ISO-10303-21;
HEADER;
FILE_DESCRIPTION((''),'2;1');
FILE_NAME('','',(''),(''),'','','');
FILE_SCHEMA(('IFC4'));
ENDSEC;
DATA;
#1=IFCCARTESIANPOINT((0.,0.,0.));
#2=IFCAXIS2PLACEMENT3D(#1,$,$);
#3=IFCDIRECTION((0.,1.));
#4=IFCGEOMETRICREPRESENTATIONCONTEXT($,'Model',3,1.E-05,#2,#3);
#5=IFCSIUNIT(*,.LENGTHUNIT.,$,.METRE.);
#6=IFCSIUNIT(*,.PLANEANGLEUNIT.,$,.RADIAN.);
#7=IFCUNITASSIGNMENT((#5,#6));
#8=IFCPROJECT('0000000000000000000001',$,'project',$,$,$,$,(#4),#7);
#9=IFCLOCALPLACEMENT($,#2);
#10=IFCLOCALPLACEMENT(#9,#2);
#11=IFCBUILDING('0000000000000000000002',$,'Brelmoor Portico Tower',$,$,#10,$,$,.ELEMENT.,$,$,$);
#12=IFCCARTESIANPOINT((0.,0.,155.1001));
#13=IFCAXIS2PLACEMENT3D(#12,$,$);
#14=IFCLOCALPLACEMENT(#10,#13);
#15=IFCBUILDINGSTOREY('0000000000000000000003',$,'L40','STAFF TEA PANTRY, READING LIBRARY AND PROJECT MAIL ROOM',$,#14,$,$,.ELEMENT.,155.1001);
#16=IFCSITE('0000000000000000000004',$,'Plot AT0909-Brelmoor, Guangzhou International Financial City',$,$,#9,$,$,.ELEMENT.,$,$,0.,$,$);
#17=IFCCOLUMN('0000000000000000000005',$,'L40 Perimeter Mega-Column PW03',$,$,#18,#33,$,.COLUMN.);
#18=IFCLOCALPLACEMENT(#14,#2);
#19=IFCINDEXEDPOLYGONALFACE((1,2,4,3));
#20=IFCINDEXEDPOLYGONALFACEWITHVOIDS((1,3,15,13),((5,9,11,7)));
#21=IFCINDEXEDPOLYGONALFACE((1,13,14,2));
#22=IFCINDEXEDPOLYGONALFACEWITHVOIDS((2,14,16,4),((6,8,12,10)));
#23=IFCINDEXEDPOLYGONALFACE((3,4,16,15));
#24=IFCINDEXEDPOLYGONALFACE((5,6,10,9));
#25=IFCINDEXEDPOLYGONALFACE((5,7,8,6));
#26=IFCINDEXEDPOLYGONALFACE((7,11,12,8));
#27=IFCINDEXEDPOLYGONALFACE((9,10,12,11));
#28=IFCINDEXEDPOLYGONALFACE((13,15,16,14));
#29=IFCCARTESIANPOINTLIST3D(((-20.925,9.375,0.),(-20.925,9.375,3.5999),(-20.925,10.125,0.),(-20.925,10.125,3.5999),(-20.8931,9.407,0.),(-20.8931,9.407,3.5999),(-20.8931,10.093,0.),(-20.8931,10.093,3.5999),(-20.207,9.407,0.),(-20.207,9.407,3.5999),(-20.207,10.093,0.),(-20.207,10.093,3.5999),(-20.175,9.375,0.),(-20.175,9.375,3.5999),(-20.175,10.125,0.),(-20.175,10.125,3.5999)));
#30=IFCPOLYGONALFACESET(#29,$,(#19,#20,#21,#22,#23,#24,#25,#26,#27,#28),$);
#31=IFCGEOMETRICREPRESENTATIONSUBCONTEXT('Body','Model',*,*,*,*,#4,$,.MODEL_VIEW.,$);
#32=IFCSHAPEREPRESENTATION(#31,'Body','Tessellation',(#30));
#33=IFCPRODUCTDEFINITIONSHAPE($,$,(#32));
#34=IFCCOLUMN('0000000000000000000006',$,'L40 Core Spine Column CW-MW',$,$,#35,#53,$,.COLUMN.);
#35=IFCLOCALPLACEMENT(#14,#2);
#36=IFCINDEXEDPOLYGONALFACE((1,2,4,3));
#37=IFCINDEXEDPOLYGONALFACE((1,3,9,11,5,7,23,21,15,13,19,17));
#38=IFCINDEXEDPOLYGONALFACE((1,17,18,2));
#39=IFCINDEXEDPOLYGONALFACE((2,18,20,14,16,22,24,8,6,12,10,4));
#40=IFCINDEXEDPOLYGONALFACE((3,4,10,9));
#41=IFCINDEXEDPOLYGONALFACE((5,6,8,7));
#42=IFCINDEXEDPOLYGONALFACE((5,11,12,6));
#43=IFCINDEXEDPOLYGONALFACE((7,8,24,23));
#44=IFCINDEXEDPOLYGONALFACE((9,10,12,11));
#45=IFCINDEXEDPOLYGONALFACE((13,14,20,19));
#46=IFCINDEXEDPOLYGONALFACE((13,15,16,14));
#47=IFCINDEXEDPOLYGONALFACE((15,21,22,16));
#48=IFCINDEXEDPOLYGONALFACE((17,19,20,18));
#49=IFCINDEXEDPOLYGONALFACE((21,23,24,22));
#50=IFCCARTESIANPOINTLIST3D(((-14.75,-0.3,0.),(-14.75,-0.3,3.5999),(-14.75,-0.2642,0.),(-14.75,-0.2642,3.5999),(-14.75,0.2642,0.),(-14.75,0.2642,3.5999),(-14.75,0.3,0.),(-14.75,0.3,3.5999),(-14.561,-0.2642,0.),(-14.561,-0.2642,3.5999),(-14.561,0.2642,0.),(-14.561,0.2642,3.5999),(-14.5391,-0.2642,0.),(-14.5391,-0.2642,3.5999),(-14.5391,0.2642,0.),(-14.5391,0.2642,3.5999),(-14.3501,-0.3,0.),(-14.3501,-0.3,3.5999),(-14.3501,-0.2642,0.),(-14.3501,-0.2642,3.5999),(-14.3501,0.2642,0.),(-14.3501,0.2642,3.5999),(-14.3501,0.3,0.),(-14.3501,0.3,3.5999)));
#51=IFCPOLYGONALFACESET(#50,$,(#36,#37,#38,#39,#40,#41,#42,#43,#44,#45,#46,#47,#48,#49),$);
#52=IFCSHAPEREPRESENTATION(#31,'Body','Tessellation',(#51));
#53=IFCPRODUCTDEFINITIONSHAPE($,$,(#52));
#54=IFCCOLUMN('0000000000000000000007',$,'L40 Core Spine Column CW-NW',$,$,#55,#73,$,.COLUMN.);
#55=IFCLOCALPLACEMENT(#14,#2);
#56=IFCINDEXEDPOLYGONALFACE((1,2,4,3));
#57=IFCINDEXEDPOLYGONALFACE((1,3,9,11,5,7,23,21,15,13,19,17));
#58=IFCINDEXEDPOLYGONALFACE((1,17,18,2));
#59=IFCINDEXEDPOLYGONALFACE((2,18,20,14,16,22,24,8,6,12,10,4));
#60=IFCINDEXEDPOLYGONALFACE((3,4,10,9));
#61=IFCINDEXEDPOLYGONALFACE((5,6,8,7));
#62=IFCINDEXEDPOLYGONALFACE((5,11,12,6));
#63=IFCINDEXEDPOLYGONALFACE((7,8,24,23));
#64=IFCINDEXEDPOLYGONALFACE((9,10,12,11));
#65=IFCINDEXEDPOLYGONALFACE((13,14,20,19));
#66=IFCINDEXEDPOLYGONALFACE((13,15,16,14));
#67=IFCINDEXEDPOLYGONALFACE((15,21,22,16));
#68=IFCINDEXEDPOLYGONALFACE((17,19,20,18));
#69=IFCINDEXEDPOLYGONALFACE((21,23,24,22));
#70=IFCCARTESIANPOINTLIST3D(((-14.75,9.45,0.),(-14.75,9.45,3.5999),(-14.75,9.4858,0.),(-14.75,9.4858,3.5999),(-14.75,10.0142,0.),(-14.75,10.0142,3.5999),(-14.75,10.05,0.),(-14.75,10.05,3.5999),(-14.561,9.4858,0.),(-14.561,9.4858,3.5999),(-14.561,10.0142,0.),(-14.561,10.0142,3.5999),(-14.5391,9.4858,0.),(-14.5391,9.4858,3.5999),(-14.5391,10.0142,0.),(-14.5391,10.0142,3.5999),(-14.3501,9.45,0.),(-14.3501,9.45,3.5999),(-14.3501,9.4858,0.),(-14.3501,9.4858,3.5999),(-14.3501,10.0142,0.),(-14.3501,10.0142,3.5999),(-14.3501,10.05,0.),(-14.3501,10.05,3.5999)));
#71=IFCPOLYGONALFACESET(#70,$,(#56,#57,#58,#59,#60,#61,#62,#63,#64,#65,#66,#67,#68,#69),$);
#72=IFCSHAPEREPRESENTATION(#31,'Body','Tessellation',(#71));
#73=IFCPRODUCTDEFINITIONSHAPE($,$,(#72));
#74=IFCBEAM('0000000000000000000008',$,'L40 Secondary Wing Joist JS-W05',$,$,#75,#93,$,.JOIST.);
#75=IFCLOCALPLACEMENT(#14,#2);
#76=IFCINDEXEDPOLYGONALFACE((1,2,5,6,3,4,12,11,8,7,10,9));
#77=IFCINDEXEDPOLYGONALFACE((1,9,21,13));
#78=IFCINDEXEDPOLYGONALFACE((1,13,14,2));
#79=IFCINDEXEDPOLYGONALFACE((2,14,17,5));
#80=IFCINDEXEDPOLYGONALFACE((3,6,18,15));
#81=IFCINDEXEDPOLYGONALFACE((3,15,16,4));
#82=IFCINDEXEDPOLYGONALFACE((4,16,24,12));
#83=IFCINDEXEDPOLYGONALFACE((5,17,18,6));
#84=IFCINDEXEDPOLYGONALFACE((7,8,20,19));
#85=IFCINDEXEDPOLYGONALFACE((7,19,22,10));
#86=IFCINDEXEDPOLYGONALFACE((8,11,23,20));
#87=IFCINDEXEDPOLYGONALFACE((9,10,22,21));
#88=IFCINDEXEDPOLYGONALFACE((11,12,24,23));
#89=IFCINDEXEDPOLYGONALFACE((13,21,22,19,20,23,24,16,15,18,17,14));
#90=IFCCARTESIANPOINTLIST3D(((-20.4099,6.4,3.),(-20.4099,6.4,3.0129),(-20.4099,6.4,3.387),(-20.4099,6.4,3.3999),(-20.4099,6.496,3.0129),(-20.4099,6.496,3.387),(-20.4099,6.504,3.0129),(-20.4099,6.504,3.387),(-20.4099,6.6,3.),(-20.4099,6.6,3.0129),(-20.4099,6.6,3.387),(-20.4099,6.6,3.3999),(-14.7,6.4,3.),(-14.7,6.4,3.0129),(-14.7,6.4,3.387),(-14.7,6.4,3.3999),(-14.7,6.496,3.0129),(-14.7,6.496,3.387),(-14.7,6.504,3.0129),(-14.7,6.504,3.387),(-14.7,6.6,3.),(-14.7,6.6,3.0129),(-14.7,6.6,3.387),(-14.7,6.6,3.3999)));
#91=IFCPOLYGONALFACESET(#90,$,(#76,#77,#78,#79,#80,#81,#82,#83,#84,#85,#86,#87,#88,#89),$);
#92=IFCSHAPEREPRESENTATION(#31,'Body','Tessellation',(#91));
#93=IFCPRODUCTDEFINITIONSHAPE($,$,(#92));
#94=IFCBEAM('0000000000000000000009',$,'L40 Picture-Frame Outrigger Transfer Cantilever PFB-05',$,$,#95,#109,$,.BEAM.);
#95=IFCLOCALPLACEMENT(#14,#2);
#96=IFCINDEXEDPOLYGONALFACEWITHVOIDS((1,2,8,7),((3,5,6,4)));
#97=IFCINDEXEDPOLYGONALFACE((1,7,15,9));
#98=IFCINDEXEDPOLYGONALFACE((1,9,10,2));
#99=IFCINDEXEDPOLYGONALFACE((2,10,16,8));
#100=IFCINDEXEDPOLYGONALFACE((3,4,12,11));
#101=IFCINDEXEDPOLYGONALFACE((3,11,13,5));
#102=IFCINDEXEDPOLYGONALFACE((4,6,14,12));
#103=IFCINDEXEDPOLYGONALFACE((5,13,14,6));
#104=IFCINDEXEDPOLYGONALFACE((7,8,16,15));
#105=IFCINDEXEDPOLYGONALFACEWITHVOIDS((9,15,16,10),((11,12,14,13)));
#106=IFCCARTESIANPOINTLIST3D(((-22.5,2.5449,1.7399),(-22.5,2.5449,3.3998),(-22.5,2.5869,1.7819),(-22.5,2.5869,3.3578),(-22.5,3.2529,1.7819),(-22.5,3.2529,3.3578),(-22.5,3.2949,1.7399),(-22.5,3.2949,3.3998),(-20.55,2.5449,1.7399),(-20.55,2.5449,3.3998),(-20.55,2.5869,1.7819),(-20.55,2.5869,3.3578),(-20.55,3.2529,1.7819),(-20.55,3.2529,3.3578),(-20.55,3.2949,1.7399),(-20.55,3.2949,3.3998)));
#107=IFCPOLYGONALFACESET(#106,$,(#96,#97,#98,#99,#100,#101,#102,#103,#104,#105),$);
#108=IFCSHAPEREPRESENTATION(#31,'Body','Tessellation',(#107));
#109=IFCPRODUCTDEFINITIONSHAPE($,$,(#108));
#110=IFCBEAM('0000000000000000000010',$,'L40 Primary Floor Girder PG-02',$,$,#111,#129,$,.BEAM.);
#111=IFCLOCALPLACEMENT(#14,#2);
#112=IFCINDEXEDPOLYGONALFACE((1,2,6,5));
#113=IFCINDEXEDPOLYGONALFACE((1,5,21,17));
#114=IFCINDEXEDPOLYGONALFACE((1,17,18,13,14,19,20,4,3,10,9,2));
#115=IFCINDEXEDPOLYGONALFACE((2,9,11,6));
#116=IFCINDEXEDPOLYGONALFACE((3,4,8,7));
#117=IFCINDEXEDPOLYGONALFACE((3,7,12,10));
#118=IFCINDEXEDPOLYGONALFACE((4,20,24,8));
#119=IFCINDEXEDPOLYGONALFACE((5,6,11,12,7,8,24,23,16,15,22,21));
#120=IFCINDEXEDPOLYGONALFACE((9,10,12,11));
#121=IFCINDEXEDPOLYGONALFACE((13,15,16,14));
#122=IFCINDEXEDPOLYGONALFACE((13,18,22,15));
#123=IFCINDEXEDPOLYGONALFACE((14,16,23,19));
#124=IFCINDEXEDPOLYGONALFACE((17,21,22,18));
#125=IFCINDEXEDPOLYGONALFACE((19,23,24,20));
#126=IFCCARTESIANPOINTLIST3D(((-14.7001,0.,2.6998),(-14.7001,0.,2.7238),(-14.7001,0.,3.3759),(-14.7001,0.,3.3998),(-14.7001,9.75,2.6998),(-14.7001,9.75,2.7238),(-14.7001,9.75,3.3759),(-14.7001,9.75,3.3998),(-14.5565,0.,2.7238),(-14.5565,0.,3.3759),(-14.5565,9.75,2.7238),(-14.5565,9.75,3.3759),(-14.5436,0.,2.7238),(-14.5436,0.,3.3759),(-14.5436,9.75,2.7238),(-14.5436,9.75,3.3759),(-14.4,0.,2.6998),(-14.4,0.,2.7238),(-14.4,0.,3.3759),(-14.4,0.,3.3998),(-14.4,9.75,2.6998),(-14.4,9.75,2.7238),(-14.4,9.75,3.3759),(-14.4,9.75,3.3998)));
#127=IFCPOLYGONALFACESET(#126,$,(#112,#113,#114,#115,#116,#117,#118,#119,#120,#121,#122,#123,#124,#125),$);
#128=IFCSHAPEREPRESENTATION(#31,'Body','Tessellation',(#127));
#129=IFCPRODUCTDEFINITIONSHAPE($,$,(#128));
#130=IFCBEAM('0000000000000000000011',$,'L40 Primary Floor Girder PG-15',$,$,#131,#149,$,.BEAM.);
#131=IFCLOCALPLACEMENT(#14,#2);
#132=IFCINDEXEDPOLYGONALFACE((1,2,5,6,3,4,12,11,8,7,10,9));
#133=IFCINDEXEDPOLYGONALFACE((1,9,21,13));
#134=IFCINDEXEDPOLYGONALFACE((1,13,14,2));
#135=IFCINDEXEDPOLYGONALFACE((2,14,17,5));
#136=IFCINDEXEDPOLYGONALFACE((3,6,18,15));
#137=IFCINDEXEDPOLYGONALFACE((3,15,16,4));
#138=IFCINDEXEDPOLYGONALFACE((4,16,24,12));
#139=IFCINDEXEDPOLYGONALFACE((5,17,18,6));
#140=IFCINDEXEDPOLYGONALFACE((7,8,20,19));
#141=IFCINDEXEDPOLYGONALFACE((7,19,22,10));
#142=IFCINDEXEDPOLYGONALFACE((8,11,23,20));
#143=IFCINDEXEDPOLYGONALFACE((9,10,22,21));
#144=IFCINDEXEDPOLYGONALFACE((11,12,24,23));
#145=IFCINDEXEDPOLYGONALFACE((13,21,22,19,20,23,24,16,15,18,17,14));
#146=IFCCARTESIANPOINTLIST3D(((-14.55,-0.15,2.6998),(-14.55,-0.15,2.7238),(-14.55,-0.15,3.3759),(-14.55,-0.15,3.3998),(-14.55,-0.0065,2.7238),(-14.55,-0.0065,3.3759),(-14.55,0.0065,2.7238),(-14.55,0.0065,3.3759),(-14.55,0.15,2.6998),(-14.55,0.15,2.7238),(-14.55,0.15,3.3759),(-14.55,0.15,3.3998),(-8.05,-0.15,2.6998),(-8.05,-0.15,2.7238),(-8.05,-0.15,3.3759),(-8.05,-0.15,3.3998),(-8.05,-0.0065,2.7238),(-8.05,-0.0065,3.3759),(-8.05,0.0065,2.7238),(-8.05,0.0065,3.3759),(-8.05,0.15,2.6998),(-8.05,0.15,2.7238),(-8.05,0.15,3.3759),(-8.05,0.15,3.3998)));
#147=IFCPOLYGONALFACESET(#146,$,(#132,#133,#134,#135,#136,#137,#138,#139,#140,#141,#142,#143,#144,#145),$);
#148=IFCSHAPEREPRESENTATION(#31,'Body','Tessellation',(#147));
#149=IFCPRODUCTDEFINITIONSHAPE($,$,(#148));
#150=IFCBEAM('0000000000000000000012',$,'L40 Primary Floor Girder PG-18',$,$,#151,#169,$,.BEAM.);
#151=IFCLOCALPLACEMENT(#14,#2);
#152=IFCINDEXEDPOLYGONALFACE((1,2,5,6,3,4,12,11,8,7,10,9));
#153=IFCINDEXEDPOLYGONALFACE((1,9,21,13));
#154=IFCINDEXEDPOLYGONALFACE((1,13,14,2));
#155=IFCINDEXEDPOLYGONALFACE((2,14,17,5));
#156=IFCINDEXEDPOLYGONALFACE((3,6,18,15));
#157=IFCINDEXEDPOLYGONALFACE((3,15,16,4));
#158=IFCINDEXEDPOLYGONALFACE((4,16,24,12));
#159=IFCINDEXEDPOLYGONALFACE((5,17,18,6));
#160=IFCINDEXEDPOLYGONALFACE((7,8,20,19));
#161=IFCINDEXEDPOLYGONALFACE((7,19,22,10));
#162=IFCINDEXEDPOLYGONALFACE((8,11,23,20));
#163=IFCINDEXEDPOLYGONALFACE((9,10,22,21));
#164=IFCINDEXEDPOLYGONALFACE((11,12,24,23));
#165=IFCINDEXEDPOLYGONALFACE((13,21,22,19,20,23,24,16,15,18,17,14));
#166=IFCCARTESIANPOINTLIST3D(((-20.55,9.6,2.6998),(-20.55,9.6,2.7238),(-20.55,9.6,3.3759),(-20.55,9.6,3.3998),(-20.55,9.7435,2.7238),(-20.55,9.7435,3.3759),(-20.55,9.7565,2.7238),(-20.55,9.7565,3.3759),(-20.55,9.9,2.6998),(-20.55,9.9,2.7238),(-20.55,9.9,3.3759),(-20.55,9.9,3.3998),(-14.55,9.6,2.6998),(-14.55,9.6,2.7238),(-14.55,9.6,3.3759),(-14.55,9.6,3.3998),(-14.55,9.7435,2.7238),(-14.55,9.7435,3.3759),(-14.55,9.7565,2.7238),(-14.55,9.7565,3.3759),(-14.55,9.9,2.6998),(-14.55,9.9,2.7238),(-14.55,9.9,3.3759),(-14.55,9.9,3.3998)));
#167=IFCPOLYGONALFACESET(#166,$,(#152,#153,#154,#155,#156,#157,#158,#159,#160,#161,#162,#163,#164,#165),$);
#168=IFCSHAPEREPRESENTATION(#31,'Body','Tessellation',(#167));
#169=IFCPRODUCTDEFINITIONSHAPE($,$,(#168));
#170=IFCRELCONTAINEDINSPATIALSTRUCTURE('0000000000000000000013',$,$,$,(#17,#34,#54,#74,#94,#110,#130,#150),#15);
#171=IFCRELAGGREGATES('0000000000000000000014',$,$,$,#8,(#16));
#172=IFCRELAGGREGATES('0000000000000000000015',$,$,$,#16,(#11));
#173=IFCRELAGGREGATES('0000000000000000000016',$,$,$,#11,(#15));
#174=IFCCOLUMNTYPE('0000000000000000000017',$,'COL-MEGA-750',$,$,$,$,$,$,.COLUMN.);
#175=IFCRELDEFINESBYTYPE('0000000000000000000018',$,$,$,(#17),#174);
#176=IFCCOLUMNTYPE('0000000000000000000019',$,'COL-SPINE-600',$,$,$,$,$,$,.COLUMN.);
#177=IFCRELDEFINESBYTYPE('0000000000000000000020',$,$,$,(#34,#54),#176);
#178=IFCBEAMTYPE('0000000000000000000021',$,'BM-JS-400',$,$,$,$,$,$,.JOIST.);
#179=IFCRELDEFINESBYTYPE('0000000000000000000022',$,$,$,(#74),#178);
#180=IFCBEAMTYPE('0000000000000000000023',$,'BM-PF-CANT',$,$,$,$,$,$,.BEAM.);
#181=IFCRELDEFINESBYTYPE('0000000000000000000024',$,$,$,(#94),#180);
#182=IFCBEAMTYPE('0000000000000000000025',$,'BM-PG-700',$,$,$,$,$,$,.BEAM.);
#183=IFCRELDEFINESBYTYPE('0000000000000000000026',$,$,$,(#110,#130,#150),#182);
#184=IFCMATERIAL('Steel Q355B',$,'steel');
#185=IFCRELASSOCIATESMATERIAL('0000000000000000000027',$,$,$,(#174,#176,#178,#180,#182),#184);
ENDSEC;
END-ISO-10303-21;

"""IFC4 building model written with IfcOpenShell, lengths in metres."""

from ifc_helpers import new_model, si_unit, direction, frame, origin, origin_2d, place, context, subcontext, project, spatial, hollow_rectangle, i_section, extrude, material, material_profile, profile_set, type_object, element, save


model = new_model("IFC4")

# Units and contexts
model_context = context("Model", 3, precision=1e-05, world=origin(), true_north=direction((0.0, 1.0)))
body_context = subcontext(model_context, "Body", "Model", "MODEL_VIEW")
ifc_project = project(units=[si_unit("LENGTHUNIT", "METRE"), si_unit("PLANEANGLEUNIT", "RADIAN")], contexts=[model_context])

# Site, building, storey
site_placement = place(None, origin())
site = spatial("IfcSite", under=ifc_project, at=site_placement, Name="Plot AT0909-Brelmoor, Guangzhou International Financial City", CompositionType="ELEMENT", RefElevation=0.0)
building_placement = place(site_placement, origin())
building = spatial("IfcBuilding", under=site, at=building_placement, Name="Brelmoor Portico Tower", CompositionType="ELEMENT")
storey_placement = place(building_placement, frame((0.0, 0.0, 155.1001)))
storey = spatial("IfcBuildingStorey", under=building, at=storey_placement, Name="L40", Description="STAFF TEA PANTRY, READING LIBRARY AND PROJECT MAIL ROOM", CompositionType="ELEMENT", Elevation=155.1001)

# Columns
ifc_material_1 = material(Name="Steel Q355B", Category="steel")
ifc_material_profile_1 = material_profile(ifc_material_1, hollow_rectangle(XDim=0.75, YDim=0.75, WallThickness=0.032, at=origin_2d()), Name="BOX 750x750x32")
ifc_profile_set_1 = profile_set([ifc_material_profile_1], Name="Steel Q355B")
column_type_1 = type_object("IfcColumnType", Name="COL-MEGA-750", PredefinedType="COLUMN", material=ifc_profile_set_1)
column_placement = place(storey_placement, frame((-20.55, 9.75, 0.0), z_axis=(0.0, 0.0, 1.0), x_axis=(0.0, 1.0, 0.0)))
element("IfcColumn", 1, at=column_placement, inside=storey, type_object=column_type_1, Name="L40 Perimeter Mega-Column PW03", PredefinedType="COLUMN", context=body_context, shape_type="SweptSolid", body=[
    extrude(hollow_rectangle(XDim=0.75, YDim=0.75, WallThickness=0.032, at=origin_2d()), origin(), (0.0, 0.0, 1.0), 3.5999),
])
ifc_material_profile_2 = material_profile(ifc_material_1, i_section(OverallWidth=0.3999, OverallDepth=0.6001, WebThickness=0.022, FlangeThickness=0.0359, at=origin_2d()), Name="HW 600x400x22x36")
ifc_profile_set_2 = profile_set([ifc_material_profile_2], Name="Steel Q355B")
column_type_2 = type_object("IfcColumnType", Name="COL-SPINE-600", PredefinedType="COLUMN", material=ifc_profile_set_2)
for number, where, z_axis, x_axis, name in (
    (2, (-14.55, 0.0, 0.0), (0.0, 0.0, 1.0), (1.0, 0.0, 0.0), "L40 Core Spine Column CW-MW"),
    (3, (-14.55, 9.75, 0.0), (0.0, 0.0, 1.0), (1.0, 0.0, 0.0), "L40 Core Spine Column CW-NW"),
):
    element("IfcColumn", number, at=place(storey_placement, frame(where, z_axis=z_axis, x_axis=x_axis)), inside=storey, type_object=column_type_2, Name=name, PredefinedType="COLUMN", context=body_context, shape_type="SweptSolid", body=[
        extrude(i_section(OverallWidth=0.3999, OverallDepth=0.6001, WebThickness=0.022, FlangeThickness=0.0359, at=origin_2d()), origin(), (0.0, 0.0, 1.0), 3.5999),
    ])

# Beams
ifc_material_profile_3 = material_profile(ifc_material_1, i_section(OverallWidth=0.2, OverallDepth=0.3999, WebThickness=0.0081, FlangeThickness=0.0129, at=origin_2d()), Name="HN 400x200x8x13")
ifc_profile_set_3 = profile_set([ifc_material_profile_3], Name="Steel Q355B")
beam_type_1 = type_object("IfcBeamType", Name="BM-JS-400", PredefinedType="JOIST", material=ifc_profile_set_3)
beam_1_placement = place(storey_placement, frame((-20.4099, 6.5, 3.2), z_axis=(1.0, 0.0, 0.0), x_axis=(0.0, 1.0, 0.0)))
element("IfcBeam", 4, at=beam_1_placement, inside=storey, type_object=beam_type_1, Name="L40 Secondary Wing Joist JS-W05", PredefinedType="JOIST", context=body_context, shape_type="SweptSolid", body=[
    extrude(i_section(OverallWidth=0.2, OverallDepth=0.3999, WebThickness=0.0081, FlangeThickness=0.0129, at=origin_2d()), origin(), (0.0, 0.0, 1.0), 5.71),
])
ifc_material_profile_4 = material_profile(ifc_material_1, hollow_rectangle(XDim=0.75, YDim=1.6599, WallThickness=0.042, at=origin_2d()), Name="BOX 750x1660x42")
ifc_profile_set_4 = profile_set([ifc_material_profile_4], Name="Steel Q355B")
beam_type_2 = type_object("IfcBeamType", Name="BM-PF-CANT", PredefinedType="BEAM", material=ifc_profile_set_4)
beam_2_placement = place(storey_placement, frame((-22.5, 2.9199, 2.5698), z_axis=(1.0, 0.0, 0.0), x_axis=(0.0, 1.0, 0.0)))
element("IfcBeam", 5, at=beam_2_placement, inside=storey, type_object=beam_type_2, Name="L40 Picture-Frame Outrigger Transfer Cantilever PFB-05", PredefinedType="BEAM", context=body_context, shape_type="SweptSolid", body=[
    extrude(hollow_rectangle(XDim=0.75, YDim=1.6599, WallThickness=0.042, at=origin_2d()), origin(), (0.0, 0.0, 1.0), 1.95),
])
ifc_material_profile_5 = material_profile(ifc_material_1, i_section(OverallWidth=0.3, OverallDepth=0.7, WebThickness=0.0129, FlangeThickness=0.0239, at=origin_2d()), Name="HN 700x300x13x24")
ifc_profile_set_5 = profile_set([ifc_material_profile_5], Name="Steel Q355B")
beam_type_3 = type_object("IfcBeamType", Name="BM-PG-700", PredefinedType="BEAM", material=ifc_profile_set_5)
beam_3_placement = place(storey_placement, frame((-14.55, 0.0, 3.0498), z_axis=(0.0, 1.0, 0.0), x_axis=(-1.0, 0.0, 0.0)))
element("IfcBeam", 6, at=beam_3_placement, inside=storey, type_object=beam_type_3, Name="L40 Primary Floor Girder PG-02", PredefinedType="BEAM", context=body_context, shape_type="SweptSolid", body=[
    extrude(i_section(OverallWidth=0.3, OverallDepth=0.7, WebThickness=0.0129, FlangeThickness=0.0239, at=origin_2d()), origin(), (0.0, 0.0, 1.0), 9.75),
])
beam_4_placement = place(storey_placement, frame((-14.55, 0.0, 3.0498), z_axis=(1.0, 0.0, 0.0), x_axis=(0.0, 1.0, 0.0)))
element("IfcBeam", 7, at=beam_4_placement, inside=storey, type_object=beam_type_3, Name="L40 Primary Floor Girder PG-15", PredefinedType="BEAM", context=body_context, shape_type="SweptSolid", body=[
    extrude(i_section(OverallWidth=0.3, OverallDepth=0.7, WebThickness=0.0129, FlangeThickness=0.0239, at=origin_2d()), origin(), (0.0, 0.0, 1.0), 6.5),
])
beam_5_placement = place(storey_placement, frame((-20.55, 9.75, 3.0498), z_axis=(1.0, 0.0, 0.0), x_axis=(0.0, 1.0, 0.0)))
element("IfcBeam", 8, at=beam_5_placement, inside=storey, type_object=beam_type_3, Name="L40 Primary Floor Girder PG-18", PredefinedType="BEAM", context=body_context, shape_type="SweptSolid", body=[
    extrude(i_section(OverallWidth=0.3, OverallDepth=0.7, WebThickness=0.0129, FlangeThickness=0.0239, at=origin_2d()), origin(), (0.0, 0.0, 1.0), 6.0),
])

save(model, "model.ifc")
